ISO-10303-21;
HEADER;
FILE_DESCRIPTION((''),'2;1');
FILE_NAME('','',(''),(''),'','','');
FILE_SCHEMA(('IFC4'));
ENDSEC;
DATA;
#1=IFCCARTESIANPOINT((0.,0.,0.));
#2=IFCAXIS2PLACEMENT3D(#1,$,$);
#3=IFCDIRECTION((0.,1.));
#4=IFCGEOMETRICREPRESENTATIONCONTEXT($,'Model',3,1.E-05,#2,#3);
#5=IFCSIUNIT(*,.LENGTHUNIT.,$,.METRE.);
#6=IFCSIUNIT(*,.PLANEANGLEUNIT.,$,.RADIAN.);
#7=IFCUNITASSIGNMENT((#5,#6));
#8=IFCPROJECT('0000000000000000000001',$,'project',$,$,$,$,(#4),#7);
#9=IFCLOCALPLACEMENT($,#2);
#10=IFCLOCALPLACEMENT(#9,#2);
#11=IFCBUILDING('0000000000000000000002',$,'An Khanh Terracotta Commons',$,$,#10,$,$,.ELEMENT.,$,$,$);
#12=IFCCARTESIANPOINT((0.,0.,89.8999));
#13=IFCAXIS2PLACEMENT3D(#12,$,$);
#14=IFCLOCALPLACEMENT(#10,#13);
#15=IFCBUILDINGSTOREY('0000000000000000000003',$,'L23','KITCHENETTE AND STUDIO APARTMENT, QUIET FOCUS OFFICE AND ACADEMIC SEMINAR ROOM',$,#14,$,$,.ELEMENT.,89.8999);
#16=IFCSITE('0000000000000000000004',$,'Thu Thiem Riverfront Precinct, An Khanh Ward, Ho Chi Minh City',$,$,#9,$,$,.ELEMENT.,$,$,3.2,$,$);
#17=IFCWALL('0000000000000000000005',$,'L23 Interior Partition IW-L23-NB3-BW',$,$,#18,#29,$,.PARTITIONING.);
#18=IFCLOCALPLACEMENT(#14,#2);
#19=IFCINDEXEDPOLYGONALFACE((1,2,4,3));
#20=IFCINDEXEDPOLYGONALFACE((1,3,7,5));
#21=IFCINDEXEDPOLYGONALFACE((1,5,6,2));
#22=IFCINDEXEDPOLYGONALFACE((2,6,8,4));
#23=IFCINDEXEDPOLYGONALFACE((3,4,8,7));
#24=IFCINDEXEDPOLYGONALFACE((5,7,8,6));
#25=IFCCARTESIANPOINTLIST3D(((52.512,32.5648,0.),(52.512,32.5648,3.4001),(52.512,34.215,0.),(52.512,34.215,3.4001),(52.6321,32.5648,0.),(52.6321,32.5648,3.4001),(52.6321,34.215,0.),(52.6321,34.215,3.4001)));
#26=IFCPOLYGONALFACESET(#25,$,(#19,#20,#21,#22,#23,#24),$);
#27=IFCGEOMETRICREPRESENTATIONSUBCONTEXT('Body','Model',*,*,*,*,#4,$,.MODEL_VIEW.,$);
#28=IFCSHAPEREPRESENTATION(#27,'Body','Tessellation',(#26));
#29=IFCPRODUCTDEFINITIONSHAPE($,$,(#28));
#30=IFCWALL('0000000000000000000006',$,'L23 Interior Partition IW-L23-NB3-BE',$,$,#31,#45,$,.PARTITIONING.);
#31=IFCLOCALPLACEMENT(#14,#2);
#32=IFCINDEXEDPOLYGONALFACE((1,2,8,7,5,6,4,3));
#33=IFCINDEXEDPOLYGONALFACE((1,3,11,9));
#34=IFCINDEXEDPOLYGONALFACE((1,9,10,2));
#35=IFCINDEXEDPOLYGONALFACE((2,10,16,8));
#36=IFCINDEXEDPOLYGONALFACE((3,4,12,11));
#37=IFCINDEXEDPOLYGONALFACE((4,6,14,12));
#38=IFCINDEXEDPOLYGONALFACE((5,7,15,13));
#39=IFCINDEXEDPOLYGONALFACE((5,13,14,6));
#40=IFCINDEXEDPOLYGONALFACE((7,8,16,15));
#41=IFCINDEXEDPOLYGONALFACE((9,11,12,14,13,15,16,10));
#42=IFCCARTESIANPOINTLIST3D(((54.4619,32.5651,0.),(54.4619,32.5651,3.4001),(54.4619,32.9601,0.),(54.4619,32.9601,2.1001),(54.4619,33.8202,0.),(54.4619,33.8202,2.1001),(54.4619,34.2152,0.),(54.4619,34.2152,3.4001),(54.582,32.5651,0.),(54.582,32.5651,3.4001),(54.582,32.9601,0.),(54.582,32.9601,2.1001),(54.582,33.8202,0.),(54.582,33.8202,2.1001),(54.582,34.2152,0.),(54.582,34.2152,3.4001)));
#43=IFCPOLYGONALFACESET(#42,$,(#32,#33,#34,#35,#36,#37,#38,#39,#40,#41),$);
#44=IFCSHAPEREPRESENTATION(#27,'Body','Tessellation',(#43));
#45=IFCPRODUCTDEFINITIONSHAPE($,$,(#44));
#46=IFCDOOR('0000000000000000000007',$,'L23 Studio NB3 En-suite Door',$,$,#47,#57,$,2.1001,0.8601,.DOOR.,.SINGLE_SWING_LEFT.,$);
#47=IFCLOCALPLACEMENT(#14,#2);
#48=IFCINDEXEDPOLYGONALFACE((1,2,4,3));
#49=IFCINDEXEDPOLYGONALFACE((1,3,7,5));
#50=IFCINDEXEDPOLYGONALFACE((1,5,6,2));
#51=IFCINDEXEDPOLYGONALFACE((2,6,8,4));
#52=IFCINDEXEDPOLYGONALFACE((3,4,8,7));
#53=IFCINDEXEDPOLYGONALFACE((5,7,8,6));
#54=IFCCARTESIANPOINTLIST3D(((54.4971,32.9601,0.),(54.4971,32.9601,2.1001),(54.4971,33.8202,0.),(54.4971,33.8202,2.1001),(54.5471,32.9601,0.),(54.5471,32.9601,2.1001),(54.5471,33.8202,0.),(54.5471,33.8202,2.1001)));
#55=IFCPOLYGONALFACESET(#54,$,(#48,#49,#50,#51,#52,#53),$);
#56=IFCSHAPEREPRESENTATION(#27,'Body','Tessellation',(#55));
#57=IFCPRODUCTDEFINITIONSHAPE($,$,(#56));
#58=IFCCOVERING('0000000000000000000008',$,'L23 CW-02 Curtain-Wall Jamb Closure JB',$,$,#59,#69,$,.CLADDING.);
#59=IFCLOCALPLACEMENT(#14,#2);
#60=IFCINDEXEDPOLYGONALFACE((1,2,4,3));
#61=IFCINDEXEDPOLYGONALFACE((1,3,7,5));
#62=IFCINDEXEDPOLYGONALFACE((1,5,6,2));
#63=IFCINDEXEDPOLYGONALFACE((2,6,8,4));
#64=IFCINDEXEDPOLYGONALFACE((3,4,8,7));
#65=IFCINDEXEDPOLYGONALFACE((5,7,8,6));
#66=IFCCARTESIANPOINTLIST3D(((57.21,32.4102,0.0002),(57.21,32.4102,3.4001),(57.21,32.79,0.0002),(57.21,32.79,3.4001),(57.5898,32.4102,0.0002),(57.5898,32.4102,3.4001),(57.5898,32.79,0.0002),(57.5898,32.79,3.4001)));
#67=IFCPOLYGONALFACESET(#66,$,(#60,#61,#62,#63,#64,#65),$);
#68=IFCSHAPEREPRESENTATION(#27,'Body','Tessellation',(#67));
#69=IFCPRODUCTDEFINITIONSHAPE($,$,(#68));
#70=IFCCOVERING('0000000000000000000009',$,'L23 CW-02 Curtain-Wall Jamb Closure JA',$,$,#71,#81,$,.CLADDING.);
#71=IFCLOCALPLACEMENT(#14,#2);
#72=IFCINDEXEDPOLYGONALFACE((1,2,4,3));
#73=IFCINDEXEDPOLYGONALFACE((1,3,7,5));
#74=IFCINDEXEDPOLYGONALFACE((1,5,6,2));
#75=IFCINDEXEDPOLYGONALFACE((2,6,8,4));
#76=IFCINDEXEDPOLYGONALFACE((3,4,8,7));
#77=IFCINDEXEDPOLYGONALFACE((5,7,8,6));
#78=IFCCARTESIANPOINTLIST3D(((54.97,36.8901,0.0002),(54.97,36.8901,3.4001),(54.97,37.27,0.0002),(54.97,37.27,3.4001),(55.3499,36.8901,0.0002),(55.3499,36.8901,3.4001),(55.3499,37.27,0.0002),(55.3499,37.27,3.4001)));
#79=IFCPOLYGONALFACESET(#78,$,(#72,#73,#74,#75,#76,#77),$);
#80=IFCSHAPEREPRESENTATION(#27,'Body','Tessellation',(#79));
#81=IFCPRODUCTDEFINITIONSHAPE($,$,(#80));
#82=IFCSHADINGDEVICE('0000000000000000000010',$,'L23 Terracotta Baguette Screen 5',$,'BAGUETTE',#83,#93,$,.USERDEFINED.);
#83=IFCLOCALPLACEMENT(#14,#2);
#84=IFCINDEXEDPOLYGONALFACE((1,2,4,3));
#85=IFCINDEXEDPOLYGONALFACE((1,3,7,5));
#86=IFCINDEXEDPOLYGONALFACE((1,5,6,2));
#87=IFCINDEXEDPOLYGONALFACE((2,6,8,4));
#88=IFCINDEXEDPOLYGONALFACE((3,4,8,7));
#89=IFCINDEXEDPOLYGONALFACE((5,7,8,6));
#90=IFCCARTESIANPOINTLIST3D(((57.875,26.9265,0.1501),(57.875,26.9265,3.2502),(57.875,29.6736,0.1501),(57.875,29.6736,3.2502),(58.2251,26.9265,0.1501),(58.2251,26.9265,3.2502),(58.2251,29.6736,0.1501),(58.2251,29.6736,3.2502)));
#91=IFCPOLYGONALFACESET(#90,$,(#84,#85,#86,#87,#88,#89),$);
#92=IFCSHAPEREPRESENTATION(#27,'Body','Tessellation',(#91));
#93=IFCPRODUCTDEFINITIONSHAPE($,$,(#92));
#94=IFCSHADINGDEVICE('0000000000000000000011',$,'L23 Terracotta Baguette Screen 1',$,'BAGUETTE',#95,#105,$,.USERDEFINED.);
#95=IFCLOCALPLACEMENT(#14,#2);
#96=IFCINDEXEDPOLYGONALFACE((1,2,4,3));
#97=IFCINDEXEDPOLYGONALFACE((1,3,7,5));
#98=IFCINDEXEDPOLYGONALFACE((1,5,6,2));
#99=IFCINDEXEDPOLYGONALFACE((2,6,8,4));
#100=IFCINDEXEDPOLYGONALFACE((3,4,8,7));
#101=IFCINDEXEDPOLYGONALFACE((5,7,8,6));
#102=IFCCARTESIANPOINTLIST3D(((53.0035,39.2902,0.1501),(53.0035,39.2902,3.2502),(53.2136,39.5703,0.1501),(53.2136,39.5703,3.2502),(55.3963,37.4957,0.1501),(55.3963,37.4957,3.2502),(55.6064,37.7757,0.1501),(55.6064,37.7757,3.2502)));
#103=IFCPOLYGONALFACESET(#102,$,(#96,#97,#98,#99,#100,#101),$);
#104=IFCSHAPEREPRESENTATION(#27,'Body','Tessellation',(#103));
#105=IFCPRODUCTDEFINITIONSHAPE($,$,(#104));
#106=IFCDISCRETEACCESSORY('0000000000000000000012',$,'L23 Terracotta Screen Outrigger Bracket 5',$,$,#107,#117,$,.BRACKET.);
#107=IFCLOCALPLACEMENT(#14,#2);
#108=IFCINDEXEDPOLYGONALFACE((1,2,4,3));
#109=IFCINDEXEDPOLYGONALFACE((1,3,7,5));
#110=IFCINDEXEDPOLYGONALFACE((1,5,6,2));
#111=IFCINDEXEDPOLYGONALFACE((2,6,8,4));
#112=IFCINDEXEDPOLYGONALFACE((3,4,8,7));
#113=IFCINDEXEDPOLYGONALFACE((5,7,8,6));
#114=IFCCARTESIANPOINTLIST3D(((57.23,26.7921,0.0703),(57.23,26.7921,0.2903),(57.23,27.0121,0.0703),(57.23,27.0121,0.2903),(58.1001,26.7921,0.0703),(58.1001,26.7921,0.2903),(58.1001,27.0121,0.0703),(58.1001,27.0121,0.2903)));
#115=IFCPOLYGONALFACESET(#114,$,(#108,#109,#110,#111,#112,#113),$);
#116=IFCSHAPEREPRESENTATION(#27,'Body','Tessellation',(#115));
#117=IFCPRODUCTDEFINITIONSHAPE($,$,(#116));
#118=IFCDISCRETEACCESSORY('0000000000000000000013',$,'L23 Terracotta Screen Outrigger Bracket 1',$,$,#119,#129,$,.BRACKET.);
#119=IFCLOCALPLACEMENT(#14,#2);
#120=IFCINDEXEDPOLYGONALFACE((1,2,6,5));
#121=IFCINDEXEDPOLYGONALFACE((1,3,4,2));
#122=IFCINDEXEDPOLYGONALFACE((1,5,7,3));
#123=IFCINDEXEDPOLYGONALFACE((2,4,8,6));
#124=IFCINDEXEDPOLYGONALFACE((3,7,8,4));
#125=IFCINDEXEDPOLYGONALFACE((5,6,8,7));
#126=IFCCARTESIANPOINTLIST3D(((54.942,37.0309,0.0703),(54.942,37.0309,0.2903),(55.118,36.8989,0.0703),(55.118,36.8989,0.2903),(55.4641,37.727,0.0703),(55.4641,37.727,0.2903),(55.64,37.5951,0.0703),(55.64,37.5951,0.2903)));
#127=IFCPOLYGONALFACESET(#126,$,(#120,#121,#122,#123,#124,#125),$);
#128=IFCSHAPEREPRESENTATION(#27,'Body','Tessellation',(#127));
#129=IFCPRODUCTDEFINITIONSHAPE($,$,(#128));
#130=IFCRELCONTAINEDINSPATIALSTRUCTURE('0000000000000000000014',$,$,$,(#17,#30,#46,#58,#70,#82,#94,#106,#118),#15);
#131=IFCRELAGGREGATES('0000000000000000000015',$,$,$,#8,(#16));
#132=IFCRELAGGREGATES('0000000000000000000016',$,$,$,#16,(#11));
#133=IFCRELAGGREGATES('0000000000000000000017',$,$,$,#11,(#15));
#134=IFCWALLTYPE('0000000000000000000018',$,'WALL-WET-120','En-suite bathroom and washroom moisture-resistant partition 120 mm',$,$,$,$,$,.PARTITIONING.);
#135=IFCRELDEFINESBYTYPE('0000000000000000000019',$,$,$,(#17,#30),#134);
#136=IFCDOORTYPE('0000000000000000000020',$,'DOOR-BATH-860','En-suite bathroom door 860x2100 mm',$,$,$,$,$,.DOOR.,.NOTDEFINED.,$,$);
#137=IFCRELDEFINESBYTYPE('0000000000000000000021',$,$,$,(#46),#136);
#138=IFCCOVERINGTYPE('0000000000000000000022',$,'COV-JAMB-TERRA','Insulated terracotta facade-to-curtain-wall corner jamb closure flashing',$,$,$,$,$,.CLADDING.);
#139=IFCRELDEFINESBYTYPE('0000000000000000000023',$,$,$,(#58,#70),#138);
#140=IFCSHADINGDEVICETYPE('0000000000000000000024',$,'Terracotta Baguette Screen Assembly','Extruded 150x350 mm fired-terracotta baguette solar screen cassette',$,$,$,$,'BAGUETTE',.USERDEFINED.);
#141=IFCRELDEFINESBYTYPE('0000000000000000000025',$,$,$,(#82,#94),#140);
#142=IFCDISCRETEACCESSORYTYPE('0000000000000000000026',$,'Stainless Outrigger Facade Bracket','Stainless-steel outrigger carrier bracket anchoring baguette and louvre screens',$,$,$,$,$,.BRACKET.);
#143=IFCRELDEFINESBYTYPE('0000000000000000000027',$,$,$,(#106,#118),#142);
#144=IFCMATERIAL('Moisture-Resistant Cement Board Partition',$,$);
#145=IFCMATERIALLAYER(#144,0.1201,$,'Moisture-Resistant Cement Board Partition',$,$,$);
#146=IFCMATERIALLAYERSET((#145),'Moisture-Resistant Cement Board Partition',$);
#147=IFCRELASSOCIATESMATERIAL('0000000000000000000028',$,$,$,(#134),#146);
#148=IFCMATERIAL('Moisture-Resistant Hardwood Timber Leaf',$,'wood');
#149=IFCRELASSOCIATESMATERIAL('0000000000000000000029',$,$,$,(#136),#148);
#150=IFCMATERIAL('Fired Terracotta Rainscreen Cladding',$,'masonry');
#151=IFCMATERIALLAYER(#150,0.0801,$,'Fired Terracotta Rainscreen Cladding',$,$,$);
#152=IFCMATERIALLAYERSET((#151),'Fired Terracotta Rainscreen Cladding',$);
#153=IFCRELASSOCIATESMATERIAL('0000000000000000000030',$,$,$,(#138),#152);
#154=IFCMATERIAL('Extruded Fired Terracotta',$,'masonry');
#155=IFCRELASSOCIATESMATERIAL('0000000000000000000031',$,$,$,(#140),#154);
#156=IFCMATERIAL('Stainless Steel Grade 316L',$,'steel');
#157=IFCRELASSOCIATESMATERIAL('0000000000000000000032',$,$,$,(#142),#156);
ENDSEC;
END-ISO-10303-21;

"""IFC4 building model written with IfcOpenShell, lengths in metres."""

from ifc_helpers import new_model, si_unit, direction, frame, frame_2d, origin, origin_2d, place, context, subcontext, project, spatial, rectangle, extrude, material, layer, layer_set, type_object, element, fill, save


model = new_model("IFC4")

# Units and contexts
model_context = context("Model", 3, precision=1e-05, world=origin(), true_north=direction((0.0, 1.0)))
body_context = subcontext(model_context, "Body", "Model", "MODEL_VIEW")
ifc_project = project(units=[si_unit("LENGTHUNIT", "METRE"), si_unit("PLANEANGLEUNIT", "RADIAN")], contexts=[model_context])

# Site, building, storey
site_placement = place(None, origin())
site = spatial("IfcSite", under=ifc_project, at=site_placement, Name="Thu Thiem Riverfront Precinct, An Khanh Ward, Ho Chi Minh City", CompositionType="ELEMENT", RefElevation=3.2)
building_placement = place(site_placement, origin())
building = spatial("IfcBuilding", under=site, at=building_placement, Name="An Khanh Terracotta Commons", CompositionType="ELEMENT")
storey_placement = place(building_placement, frame((0.0, 0.0, 89.8999)))
storey = spatial("IfcBuildingStorey", under=building, at=storey_placement, Name="L23", Description="KITCHENETTE AND STUDIO APARTMENT, QUIET FOCUS OFFICE AND ACADEMIC SEMINAR ROOM", CompositionType="ELEMENT", Elevation=89.8999)

# Wall
ifc_material_1 = material(Name="Moisture-Resistant Cement Board Partition")
ifc_layer_1 = layer(ifc_material_1, 0.1201, Name="Moisture-Resistant Cement Board Partition")
ifc_layer_set_1 = layer_set([ifc_layer_1], Name="Moisture-Resistant Cement Board Partition")
wall_type_1 = type_object("IfcWallType", Name="WALL-WET-120", Description="En-suite bathroom and washroom moisture-resistant partition 120 mm", PredefinedType="PARTITIONING", material=ifc_layer_set_1)
wall_1_placement = place(storey_placement, frame((52.572, 34.2151, 0.0), z_axis=(0.0, 0.0, 1.0), x_axis=(0.0, -1.0, 0.0)))
element("IfcWall", 1, at=wall_1_placement, inside=storey, type_object=wall_type_1, Name="L23 Interior Partition IW-L23-NB3-BW", PredefinedType="PARTITIONING", context=body_context, shape_type="SweptSolid", body=[
    extrude(rectangle(XDim=1.6501, YDim=0.1201, at=frame_2d((0.8252, 0.0))), origin(), (0.0, 0.0, 1.0), 3.4001),
])

# Wall, opening, door
wall_2_placement = place(storey_placement, frame((54.522, 32.5649, 0.0), z_axis=(0.0, 0.0, 1.0), x_axis=(0.0, 1.0, 0.0)))
wall_2 = element("IfcWall", 2, at=wall_2_placement, inside=storey, type_object=wall_type_1, Name="L23 Interior Partition IW-L23-NB3-BE", PredefinedType="PARTITIONING", context=body_context, shape_type="SweptSolid", body=[
    extrude(rectangle(XDim=1.6501, YDim=0.1201, at=frame_2d((0.8252, 0.0))), origin(), (0.0, 0.0, 1.0), 3.4001),
])
opening_placement = place(wall_2_placement, frame((0.395, 0.0, 0.0)))
opening = element("IfcOpeningElement", 3, at=opening_placement, cuts=wall_2, PredefinedType="OPENING", context=body_context, shape_type="SweptSolid", body=[
    extrude(rectangle(XDim=0.8601, YDim=2.1001, at=frame_2d((0.4302, 1.05))), frame((0.0, 0.0701, 0.0), z_axis=(0.0, -1.0, 0.0), x_axis=(1.0, 0.0, 0.0)), (0.0, 0.0, 1.0), 0.1401),
])
ifc_material_2 = material(Name="Moisture-Resistant Hardwood Timber Leaf", Category="wood")
door_type = type_object("IfcDoorType", Name="DOOR-BATH-860", Description="En-suite bathroom door 860x2100 mm", OperationType="NOTDEFINED", PredefinedType="DOOR", material=ifc_material_2)
door_placement = place(opening_placement, origin())
door = element("IfcDoor", 4, at=door_placement, inside=storey, type_object=door_type, Name="L23 Studio NB3 En-suite Door", OperationType="SINGLE_SWING_LEFT", OverallHeight=2.1001, OverallWidth=0.8601, PredefinedType="DOOR", context=body_context, shape_type="SweptSolid", body=[
    extrude(rectangle(XDim=0.8601, YDim=2.1001, at=frame_2d((0.4302, 1.05))), frame((0.0, 0.0249, 0.0), z_axis=(0.0, -1.0, 0.0), x_axis=(1.0, 0.0, 0.0)), (0.0, 0.0, 1.0), 0.05),
])
fill(opening, door)

# Coverings
ifc_material_3 = material(Name="Fired Terracotta Rainscreen Cladding", Category="masonry")
ifc_layer_2 = layer(ifc_material_3, 0.0801, Name="Fired Terracotta Rainscreen Cladding")
ifc_layer_set_2 = layer_set([ifc_layer_2], Name="Fired Terracotta Rainscreen Cladding")
covering_type = type_object("IfcCoveringType", Name="COV-JAMB-TERRA", Description="Insulated terracotta facade-to-curtain-wall corner jamb closure flashing", PredefinedType="CLADDING", material=ifc_layer_set_2)
for number, where, z_axis, x_axis, name in (
    (5, (57.3999, 32.6001, 0.0002), (0.0, 0.0, 1.0), (1.0, 0.0, 0.0), "L23 CW-02 Curtain-Wall Jamb Closure JB"),
    (6, (55.1599, 37.0801, 0.0002), (0.0, 0.0, 1.0), (1.0, 0.0, 0.0), "L23 CW-02 Curtain-Wall Jamb Closure JA"),
):
    element("IfcCovering", number, at=place(storey_placement, frame(where, z_axis=z_axis, x_axis=x_axis)), inside=storey, type_object=covering_type, Name=name, PredefinedType="CLADDING", context=body_context, shape_type="SweptSolid", body=[
        extrude(rectangle(XDim=0.3799, YDim=0.3799, at=origin_2d()), origin(), (0.0, 0.0, 1.0), 3.3999),
    ])

# Shading devices
ifc_material_4 = material(Name="Extruded Fired Terracotta", Category="masonry")
shading_device_type = type_object("IfcShadingDeviceType", Name="Terracotta Baguette Screen Assembly", Description="Extruded 150x350 mm fired-terracotta baguette solar screen cassette", ElementType="BAGUETTE", PredefinedType="USERDEFINED", material=ifc_material_4)
shading_device_1_placement = place(storey_placement, frame((58.05, 28.3, 0.1501), z_axis=(0.0, 0.0, 1.0), x_axis=(0.0, 1.0, 0.0)))
element("IfcShadingDevice", 7, at=shading_device_1_placement, inside=storey, type_object=shading_device_type, Name="L23 Terracotta Baguette Screen 5", ObjectType="BAGUETTE", PredefinedType="USERDEFINED", context=body_context, shape_type="SweptSolid", body=[
    extrude(rectangle(XDim=2.7471, YDim=0.3501, at=origin_2d()), origin(), (0.0, 0.0, 1.0), 3.1001),
])
shading_device_2_placement = place(storey_placement, frame((54.3049, 38.533, 0.1501), z_axis=(0.0, 0.0, 1.0), x_axis=(-0.800013, 0.599983, 0.0)))
element("IfcShadingDevice", 8, at=shading_device_2_placement, inside=storey, type_object=shading_device_type, Name="L23 Terracotta Baguette Screen 1", ObjectType="BAGUETTE", PredefinedType="USERDEFINED", context=body_context, shape_type="SweptSolid", body=[
    extrude(rectangle(XDim=2.991, YDim=0.3501, at=origin_2d()), origin(), (0.0, 0.0, 1.0), 3.1001),
])

# Discrete accessories
ifc_material_5 = material(Name="Stainless Steel Grade 316L", Category="steel")
discrete_accessory_type = type_object("IfcDiscreteAccessoryType", Name="Stainless Outrigger Facade Bracket", Description="Stainless-steel outrigger carrier bracket anchoring baguette and louvre screens", PredefinedType="BRACKET", material=ifc_material_5)
for number, where, z_axis, x_axis, name in (
    (9, (57.665, 26.9021, 0.0703), (0.0, 0.0, 1.0), (0.0, 1.0, 0.0), "L23 Terracotta Screen Outrigger Bracket 5"),
    (10, (55.291, 37.313, 0.0703), (0.0, 0.0, 1.0), (-0.800013, 0.599983, 0.0), "L23 Terracotta Screen Outrigger Bracket 1"),
):
    element("IfcDiscreteAccessory", number, at=place(storey_placement, frame(where, z_axis=z_axis, x_axis=x_axis)), inside=storey, type_object=discrete_accessory_type, Name=name, PredefinedType="BRACKET", context=body_context, shape_type="SweptSolid", body=[
        extrude(rectangle(XDim=0.22, YDim=0.8701, at=origin_2d()), origin(), (0.0, 0.0, 1.0), 0.22),
    ])

save(model, "model.ifc")
